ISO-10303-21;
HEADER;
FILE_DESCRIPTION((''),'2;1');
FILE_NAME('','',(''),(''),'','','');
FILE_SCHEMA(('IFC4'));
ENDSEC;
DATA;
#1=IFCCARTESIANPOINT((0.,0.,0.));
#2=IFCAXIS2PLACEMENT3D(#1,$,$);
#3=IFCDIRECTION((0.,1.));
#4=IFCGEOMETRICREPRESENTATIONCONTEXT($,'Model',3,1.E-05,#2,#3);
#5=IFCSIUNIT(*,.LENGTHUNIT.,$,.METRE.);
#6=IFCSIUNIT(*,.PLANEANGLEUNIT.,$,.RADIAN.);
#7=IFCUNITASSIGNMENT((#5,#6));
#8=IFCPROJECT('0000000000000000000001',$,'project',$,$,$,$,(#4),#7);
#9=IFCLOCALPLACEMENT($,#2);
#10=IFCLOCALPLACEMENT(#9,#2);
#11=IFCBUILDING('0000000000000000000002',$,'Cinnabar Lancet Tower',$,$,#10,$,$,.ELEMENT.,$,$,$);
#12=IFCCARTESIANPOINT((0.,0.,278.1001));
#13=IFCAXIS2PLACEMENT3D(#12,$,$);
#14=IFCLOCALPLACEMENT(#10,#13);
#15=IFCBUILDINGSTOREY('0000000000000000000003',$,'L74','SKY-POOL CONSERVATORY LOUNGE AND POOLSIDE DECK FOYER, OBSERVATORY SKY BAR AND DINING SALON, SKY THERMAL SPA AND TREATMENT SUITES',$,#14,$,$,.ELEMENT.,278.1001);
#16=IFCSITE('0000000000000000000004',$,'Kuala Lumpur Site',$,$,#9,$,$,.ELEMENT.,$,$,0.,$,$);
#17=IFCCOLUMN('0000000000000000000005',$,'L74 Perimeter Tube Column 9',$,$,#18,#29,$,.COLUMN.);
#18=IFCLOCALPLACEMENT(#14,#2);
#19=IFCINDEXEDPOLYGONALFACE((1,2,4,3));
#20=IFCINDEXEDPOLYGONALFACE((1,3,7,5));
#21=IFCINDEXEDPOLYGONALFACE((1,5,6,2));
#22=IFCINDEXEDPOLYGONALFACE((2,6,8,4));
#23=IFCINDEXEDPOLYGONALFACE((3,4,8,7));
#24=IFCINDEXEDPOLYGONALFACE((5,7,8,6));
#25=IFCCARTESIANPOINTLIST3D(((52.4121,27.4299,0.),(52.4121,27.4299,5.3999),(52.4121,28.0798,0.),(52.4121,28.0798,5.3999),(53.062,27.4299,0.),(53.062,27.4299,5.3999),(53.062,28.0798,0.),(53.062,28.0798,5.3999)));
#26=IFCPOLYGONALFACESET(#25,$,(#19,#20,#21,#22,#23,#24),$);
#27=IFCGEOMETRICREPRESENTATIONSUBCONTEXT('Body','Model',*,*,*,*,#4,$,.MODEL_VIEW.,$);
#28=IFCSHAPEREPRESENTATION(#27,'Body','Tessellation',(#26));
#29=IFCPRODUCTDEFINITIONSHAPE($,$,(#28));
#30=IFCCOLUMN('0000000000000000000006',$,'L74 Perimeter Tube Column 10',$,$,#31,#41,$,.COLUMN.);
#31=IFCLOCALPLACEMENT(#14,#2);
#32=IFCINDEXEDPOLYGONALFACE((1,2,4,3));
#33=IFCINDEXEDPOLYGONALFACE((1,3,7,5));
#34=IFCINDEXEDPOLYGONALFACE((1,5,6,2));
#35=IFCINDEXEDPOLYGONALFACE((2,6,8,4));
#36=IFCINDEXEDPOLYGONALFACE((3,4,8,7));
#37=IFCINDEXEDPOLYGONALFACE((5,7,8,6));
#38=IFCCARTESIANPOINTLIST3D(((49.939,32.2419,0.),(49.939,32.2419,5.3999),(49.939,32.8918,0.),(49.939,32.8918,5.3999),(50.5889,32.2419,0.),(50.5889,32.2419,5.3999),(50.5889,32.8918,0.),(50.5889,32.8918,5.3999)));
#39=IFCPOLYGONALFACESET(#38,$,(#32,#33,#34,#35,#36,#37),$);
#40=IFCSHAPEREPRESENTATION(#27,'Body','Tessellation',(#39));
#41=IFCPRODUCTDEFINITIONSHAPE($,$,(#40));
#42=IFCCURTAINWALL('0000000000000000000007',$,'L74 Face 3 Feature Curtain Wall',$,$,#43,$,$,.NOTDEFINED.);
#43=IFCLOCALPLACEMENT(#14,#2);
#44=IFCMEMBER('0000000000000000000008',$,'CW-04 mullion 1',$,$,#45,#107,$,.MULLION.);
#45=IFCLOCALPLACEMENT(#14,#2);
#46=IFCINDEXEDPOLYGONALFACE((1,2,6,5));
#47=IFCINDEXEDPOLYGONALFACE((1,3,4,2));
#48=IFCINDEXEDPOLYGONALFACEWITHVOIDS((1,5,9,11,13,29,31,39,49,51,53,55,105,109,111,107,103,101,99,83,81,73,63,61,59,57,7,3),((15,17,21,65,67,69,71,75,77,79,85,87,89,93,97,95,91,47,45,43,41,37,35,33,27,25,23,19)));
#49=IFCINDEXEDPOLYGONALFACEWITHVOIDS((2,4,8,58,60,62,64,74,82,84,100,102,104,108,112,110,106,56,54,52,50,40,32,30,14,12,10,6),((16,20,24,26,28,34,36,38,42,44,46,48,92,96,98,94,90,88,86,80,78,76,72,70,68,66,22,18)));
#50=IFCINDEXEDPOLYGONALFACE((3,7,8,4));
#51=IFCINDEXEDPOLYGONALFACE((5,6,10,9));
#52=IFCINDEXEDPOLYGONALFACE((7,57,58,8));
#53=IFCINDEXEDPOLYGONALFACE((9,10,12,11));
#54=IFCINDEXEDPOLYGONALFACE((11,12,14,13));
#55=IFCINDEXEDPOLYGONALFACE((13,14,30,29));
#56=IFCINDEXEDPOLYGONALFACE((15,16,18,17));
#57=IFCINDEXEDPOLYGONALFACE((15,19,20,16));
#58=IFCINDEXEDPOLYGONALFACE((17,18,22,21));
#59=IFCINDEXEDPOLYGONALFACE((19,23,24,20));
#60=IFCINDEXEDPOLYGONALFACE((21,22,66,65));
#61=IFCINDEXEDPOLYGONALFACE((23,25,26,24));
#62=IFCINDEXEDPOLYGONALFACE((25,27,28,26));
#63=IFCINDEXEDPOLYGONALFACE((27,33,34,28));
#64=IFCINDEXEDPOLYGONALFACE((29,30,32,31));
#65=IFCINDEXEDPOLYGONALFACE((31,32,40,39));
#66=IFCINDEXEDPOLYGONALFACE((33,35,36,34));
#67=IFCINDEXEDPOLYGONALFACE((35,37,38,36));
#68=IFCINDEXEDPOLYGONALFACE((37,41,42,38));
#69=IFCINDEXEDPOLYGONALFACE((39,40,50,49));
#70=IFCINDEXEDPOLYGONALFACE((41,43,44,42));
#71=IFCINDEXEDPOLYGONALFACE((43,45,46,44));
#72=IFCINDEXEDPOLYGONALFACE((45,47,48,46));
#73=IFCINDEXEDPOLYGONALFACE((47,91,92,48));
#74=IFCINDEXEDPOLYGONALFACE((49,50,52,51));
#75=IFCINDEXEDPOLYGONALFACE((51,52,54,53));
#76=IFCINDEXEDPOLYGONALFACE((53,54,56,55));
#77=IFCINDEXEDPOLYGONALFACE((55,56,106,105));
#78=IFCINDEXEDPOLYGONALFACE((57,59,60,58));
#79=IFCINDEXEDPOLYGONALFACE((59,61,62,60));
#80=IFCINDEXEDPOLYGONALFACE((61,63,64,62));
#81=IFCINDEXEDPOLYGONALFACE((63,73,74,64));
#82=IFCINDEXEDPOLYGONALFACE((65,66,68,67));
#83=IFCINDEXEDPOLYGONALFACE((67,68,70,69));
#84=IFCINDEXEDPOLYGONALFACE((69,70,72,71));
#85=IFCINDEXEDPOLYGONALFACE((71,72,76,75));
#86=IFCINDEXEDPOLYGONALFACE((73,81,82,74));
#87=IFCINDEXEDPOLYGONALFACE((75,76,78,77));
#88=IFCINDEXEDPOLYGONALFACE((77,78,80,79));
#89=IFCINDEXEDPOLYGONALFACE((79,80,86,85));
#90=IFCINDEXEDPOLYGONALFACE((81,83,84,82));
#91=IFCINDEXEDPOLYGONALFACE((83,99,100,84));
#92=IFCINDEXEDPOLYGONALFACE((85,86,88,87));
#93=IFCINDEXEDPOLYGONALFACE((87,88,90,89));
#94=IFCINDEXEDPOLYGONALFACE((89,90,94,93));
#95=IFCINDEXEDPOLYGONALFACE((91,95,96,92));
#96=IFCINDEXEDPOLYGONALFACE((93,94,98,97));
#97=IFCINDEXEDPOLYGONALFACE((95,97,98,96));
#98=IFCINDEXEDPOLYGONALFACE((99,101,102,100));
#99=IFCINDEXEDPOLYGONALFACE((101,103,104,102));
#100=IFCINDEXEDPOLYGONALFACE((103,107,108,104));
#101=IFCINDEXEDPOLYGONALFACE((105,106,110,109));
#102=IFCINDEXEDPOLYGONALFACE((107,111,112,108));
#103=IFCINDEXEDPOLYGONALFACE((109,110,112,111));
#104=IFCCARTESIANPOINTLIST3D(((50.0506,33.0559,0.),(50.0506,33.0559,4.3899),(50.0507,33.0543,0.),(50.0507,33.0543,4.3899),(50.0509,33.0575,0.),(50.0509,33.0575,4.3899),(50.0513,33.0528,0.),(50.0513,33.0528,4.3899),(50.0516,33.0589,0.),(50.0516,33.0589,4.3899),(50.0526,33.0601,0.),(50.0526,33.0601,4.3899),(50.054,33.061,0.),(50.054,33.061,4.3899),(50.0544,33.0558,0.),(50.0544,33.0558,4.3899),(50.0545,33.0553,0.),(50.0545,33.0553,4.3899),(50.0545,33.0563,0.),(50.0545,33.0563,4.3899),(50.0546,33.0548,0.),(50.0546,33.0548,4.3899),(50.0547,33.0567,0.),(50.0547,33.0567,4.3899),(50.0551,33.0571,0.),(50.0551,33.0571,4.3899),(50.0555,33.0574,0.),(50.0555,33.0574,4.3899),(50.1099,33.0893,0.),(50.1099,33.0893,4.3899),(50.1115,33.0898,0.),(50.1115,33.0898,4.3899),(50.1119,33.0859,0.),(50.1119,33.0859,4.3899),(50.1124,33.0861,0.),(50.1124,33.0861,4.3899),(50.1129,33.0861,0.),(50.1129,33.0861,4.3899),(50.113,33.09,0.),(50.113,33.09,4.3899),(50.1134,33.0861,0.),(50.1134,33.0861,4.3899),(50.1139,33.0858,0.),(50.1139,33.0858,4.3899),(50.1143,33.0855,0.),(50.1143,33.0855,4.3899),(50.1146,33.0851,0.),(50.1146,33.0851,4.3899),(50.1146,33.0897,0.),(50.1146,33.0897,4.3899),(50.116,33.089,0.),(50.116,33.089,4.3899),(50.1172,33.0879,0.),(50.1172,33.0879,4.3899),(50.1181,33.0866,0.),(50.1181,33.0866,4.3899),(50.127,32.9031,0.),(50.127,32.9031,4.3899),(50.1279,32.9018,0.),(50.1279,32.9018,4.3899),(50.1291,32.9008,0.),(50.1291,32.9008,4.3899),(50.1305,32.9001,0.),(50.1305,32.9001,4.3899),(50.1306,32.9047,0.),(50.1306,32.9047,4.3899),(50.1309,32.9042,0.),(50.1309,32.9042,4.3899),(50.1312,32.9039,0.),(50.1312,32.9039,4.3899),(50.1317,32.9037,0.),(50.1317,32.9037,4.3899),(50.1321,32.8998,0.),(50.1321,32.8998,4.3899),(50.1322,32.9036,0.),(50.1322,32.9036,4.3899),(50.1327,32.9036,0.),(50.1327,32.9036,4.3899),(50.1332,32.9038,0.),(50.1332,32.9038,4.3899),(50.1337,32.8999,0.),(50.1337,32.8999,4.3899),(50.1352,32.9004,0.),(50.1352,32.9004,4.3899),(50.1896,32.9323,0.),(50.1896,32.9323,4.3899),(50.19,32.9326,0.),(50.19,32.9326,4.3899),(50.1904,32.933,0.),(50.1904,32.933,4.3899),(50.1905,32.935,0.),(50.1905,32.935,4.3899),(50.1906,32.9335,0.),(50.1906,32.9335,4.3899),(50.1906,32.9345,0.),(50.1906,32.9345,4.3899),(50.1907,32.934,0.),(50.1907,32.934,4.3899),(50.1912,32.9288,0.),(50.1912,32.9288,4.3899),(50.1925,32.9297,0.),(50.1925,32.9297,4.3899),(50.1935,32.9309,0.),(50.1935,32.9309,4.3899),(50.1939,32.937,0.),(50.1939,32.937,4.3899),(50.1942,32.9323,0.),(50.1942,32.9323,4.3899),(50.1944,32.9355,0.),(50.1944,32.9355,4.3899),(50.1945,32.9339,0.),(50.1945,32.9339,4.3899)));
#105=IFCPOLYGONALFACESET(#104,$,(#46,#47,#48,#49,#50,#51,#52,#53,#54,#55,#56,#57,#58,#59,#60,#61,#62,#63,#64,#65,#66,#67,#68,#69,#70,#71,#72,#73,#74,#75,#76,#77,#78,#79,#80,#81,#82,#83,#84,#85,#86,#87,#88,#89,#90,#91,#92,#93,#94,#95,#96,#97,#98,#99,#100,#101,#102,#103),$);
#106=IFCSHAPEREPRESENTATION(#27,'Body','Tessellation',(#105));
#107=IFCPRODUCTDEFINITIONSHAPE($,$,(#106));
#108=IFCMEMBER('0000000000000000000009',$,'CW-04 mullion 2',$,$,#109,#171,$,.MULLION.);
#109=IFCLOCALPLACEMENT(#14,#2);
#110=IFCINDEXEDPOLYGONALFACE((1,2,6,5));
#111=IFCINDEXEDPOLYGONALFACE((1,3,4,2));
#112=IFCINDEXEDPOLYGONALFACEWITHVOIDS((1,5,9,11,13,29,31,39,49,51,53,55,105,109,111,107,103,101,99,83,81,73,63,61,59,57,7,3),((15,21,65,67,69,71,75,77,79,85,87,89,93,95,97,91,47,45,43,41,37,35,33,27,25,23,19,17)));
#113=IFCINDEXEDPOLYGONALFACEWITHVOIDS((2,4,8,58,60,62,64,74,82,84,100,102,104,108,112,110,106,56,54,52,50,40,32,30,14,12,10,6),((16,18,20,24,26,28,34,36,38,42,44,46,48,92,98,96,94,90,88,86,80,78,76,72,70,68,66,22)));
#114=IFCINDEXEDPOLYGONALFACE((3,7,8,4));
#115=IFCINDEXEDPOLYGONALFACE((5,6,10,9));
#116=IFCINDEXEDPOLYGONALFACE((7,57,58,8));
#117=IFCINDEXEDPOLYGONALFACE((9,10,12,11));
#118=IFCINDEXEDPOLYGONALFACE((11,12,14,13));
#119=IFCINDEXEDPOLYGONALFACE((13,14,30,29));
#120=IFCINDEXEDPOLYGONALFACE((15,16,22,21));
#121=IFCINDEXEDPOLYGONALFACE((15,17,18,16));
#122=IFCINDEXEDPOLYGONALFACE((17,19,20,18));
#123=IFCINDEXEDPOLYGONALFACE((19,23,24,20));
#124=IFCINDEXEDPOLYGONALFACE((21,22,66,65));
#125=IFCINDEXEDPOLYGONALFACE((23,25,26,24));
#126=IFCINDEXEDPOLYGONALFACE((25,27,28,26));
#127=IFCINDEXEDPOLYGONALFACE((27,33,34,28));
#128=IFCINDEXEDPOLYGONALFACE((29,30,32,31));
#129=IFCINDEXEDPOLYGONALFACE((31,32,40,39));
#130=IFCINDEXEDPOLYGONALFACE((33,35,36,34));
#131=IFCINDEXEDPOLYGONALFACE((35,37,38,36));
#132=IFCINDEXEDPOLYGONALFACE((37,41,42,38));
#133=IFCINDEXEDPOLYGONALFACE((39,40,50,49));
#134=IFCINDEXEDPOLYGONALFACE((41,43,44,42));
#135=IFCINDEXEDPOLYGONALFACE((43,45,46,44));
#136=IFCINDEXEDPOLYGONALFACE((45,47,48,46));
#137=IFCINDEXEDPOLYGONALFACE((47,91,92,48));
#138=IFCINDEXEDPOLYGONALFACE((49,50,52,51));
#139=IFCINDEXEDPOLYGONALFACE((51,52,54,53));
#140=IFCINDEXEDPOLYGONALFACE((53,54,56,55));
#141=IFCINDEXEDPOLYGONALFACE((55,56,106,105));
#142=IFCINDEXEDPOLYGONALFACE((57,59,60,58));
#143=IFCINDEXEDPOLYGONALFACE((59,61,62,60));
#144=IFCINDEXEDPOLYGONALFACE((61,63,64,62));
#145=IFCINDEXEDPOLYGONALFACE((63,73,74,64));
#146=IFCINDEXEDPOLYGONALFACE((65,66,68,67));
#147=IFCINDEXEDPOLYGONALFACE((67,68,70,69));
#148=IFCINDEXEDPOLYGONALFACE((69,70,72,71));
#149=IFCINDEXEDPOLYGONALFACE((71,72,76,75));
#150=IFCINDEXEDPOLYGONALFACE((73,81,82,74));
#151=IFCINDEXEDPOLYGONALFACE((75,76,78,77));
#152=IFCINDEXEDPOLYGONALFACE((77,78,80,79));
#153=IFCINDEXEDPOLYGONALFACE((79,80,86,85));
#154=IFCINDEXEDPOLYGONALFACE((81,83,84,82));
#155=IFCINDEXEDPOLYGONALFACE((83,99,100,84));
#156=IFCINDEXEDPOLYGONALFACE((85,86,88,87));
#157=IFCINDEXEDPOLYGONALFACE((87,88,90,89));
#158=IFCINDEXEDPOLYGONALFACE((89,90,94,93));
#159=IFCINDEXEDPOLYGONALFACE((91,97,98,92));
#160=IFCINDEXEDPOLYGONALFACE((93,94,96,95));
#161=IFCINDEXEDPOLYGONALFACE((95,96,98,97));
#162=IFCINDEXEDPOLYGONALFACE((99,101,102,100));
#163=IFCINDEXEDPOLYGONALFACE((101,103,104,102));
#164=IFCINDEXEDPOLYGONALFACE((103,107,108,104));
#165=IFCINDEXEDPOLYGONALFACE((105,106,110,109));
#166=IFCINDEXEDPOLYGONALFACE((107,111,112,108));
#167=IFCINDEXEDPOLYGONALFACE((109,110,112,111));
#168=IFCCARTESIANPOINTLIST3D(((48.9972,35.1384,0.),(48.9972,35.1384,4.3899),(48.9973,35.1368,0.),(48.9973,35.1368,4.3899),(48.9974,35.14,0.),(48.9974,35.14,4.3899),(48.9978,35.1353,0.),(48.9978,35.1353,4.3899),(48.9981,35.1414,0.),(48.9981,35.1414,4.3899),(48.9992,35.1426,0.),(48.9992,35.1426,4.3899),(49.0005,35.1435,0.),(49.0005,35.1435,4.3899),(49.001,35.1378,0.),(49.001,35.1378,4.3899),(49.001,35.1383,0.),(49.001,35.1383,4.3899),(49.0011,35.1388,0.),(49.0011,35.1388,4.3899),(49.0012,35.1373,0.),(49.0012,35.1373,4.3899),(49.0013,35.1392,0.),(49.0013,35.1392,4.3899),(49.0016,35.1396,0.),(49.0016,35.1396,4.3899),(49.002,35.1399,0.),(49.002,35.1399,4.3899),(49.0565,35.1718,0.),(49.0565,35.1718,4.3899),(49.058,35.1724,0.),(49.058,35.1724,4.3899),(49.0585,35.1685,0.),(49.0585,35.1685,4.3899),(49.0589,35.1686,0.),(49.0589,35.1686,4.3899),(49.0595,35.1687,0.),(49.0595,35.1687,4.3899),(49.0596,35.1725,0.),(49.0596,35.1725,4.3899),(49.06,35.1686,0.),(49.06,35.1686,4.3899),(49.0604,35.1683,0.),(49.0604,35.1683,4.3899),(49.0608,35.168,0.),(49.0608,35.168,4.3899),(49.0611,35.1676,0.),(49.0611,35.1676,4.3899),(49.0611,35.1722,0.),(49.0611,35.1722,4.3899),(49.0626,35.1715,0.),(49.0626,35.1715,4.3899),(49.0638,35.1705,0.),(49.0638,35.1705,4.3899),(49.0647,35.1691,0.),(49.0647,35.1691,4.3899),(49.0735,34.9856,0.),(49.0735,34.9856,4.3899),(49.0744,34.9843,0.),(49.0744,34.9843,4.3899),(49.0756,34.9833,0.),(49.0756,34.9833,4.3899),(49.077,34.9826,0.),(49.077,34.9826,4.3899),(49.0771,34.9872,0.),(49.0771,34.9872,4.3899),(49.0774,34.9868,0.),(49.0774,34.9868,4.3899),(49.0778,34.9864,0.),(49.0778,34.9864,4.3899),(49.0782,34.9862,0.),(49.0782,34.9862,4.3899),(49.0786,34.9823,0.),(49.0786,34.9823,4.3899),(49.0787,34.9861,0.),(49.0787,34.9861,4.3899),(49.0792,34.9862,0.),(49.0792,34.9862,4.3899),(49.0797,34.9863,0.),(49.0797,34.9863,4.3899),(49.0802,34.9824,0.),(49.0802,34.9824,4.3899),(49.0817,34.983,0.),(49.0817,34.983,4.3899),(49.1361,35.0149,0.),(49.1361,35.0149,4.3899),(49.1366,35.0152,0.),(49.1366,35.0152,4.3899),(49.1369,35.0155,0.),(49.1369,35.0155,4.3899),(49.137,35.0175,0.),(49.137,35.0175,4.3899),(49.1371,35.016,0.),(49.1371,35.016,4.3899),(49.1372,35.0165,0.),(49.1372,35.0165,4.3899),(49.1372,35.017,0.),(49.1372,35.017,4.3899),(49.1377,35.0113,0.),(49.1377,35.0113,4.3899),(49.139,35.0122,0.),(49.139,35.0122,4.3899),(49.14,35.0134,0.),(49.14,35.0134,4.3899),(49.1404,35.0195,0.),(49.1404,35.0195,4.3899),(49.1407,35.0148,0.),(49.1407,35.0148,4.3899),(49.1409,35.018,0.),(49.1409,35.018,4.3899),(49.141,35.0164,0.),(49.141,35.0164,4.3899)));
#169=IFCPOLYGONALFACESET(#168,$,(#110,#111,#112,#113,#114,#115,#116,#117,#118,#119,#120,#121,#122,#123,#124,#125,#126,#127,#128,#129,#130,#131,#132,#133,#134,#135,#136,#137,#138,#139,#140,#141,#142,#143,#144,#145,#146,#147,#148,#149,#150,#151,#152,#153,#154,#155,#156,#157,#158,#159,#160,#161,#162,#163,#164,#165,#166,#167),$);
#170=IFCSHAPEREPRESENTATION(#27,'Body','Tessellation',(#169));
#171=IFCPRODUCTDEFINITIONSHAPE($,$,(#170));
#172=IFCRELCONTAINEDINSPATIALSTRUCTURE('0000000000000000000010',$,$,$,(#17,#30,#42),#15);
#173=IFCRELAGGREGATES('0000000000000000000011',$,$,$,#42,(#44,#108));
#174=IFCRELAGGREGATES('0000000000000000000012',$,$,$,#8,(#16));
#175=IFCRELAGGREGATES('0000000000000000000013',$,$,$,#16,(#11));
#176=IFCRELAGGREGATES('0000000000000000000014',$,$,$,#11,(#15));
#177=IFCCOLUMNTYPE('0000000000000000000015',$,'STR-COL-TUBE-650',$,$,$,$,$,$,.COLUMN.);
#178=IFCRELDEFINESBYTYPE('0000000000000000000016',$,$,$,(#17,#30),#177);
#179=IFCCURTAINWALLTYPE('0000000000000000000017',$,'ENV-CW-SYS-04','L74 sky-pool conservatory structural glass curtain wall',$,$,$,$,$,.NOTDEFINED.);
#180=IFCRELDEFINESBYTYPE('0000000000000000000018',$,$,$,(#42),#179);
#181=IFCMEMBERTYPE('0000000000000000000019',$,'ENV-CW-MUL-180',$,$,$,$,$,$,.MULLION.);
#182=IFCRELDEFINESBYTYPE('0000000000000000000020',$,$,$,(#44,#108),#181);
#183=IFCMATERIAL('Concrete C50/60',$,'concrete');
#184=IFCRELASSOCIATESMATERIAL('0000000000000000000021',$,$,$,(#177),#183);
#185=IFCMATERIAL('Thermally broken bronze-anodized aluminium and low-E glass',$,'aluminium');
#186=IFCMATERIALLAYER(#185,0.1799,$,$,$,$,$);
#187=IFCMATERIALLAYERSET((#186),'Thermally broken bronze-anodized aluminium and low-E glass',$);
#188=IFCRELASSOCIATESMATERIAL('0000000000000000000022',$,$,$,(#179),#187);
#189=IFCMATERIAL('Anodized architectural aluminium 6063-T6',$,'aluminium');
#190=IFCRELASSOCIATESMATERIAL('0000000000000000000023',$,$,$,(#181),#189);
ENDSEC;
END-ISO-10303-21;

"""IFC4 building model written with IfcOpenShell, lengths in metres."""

from ifc_helpers import new_model, si_unit, direction, frame, origin, origin_2d, place, context, subcontext, project, spatial, rectangle, hollow_rectangle, extrude, material, layer, layer_set, material_profile, profile_set, type_object, element, aggregate, save


model = new_model("IFC4")

# Units and contexts
model_context = context("Model", 3, precision=1e-05, world=origin(), true_north=direction((0.0, 1.0)))
body_context = subcontext(model_context, "Body", "Model", "MODEL_VIEW")
ifc_project = project(units=[si_unit("LENGTHUNIT", "METRE"), si_unit("PLANEANGLEUNIT", "RADIAN")], contexts=[model_context])

# Site, building, storey
site_placement = place(None, origin())
site = spatial("IfcSite", under=ifc_project, at=site_placement, Name="Kuala Lumpur Site", CompositionType="ELEMENT", RefElevation=0.0)
building_placement = place(site_placement, origin())
building = spatial("IfcBuilding", under=site, at=building_placement, Name="Cinnabar Lancet Tower", CompositionType="ELEMENT")
storey_placement = place(building_placement, frame((0.0, 0.0, 278.1001)))
storey = spatial("IfcBuildingStorey", under=building, at=storey_placement, Name="L74", Description="SKY-POOL CONSERVATORY LOUNGE AND POOLSIDE DECK FOYER, OBSERVATORY SKY BAR AND DINING SALON, SKY THERMAL SPA AND TREATMENT SUITES", CompositionType="ELEMENT", Elevation=278.1001)

# Columns
ifc_material_1 = material(Name="Concrete C50/60", Category="concrete")
ifc_material_profile_1 = material_profile(ifc_material_1, rectangle(XDim=0.6499, YDim=0.6499, at=origin_2d()), Name="RC-COL 650x650")
ifc_profile_set_1 = profile_set([ifc_material_profile_1], Name="Concrete C50/60")
column_type = type_object("IfcColumnType", Name="STR-COL-TUBE-650", PredefinedType="COLUMN", material=ifc_profile_set_1)
for number, where, z_axis, x_axis, name in (
    (1, (52.7371, 27.7549, 0.0), (0.0, 0.0, 1.0), (1.0, 0.0, 0.0), "L74 Perimeter Tube Column 9"),
    (2, (50.2639, 32.5669, 0.0), (0.0, 0.0, 1.0), (1.0, 0.0, 0.0), "L74 Perimeter Tube Column 10"),
):
    element("IfcColumn", number, at=place(storey_placement, frame(where, z_axis=z_axis, x_axis=x_axis)), inside=storey, type_object=column_type, Name=name, PredefinedType="COLUMN", context=body_context, shape_type="SweptSolid", body=[
        extrude(rectangle(XDim=0.6499, YDim=0.6499, at=origin_2d()), origin(), (0.0, 0.0, 1.0), 5.3999),
    ])

# Curtain wall, members
ifc_material_2 = material(Name="Thermally broken bronze-anodized aluminium and low-E glass", Category="aluminium")
ifc_layer_1 = layer(ifc_material_2, 0.1799)
ifc_layer_set_1 = layer_set([ifc_layer_1], Name="Thermally broken bronze-anodized aluminium and low-E glass")
curtain_wall_type = type_object("IfcCurtainWallType", Name="ENV-CW-SYS-04", Description="L74 sky-pool conservatory structural glass curtain wall", PredefinedType="NOTDEFINED", material=ifc_layer_set_1)
curtain_wall_placement = place(storey_placement, origin())
curtain_wall = element("IfcCurtainWall", 3, at=curtain_wall_placement, inside=storey, type_object=curtain_wall_type, Name="L74 Face 3 Feature Curtain Wall", PredefinedType="NOTDEFINED")
ifc_material_3 = material(Name="Anodized architectural aluminium 6063-T6", Category="aluminium")
ifc_material_profile_2 = material_profile(ifc_material_3, hollow_rectangle(XDim=0.075, YDim=0.1799, WallThickness=0.0039, InnerFilletRadius=0.002, OuterFilletRadius=0.0061, at=origin_2d()), Name="CW-MUL 180x75x4")
ifc_profile_set_2 = profile_set([ifc_material_profile_2], Name="Anodized architectural aluminium 6063-T6")
member_type_1 = type_object("IfcMemberType", Name="ENV-CW-MUL-180", PredefinedType="MULLION", material=ifc_profile_set_2)
member_1_placement = place(storey_placement, frame((50.1226, 32.9949, 0.0), z_axis=(0.0, 0.0, 1.0), x_axis=(-0.892345, -0.451354, 0.0)))
member_1 = element("IfcMember", 4, at=member_1_placement, type_object=member_type_1, Name="CW-04 mullion 1", PredefinedType="MULLION", context=body_context, shape_type="SweptSolid", body=[
    extrude(hollow_rectangle(XDim=0.075, YDim=0.1799, WallThickness=0.0039, InnerFilletRadius=0.002, OuterFilletRadius=0.0061, at=origin_2d()), origin(), (0.0, 0.0, 1.0), 4.3899),
])
member_2_placement = place(storey_placement, frame((49.0691, 35.0774, 0.0), z_axis=(0.0, 0.0, 1.0), x_axis=(-0.892345, -0.451354, 0.0)))
member_2 = element("IfcMember", 5, at=member_2_placement, type_object=member_type_1, Name="CW-04 mullion 2", PredefinedType="MULLION", context=body_context, shape_type="SweptSolid", body=[
    extrude(hollow_rectangle(XDim=0.075, YDim=0.1799, WallThickness=0.0039, InnerFilletRadius=0.002, OuterFilletRadius=0.0061, at=origin_2d()), origin(), (0.0, 0.0, 1.0), 4.3899),
])

aggregate(curtain_wall, [member_1, member_2])

save(model, "model.ifc")
